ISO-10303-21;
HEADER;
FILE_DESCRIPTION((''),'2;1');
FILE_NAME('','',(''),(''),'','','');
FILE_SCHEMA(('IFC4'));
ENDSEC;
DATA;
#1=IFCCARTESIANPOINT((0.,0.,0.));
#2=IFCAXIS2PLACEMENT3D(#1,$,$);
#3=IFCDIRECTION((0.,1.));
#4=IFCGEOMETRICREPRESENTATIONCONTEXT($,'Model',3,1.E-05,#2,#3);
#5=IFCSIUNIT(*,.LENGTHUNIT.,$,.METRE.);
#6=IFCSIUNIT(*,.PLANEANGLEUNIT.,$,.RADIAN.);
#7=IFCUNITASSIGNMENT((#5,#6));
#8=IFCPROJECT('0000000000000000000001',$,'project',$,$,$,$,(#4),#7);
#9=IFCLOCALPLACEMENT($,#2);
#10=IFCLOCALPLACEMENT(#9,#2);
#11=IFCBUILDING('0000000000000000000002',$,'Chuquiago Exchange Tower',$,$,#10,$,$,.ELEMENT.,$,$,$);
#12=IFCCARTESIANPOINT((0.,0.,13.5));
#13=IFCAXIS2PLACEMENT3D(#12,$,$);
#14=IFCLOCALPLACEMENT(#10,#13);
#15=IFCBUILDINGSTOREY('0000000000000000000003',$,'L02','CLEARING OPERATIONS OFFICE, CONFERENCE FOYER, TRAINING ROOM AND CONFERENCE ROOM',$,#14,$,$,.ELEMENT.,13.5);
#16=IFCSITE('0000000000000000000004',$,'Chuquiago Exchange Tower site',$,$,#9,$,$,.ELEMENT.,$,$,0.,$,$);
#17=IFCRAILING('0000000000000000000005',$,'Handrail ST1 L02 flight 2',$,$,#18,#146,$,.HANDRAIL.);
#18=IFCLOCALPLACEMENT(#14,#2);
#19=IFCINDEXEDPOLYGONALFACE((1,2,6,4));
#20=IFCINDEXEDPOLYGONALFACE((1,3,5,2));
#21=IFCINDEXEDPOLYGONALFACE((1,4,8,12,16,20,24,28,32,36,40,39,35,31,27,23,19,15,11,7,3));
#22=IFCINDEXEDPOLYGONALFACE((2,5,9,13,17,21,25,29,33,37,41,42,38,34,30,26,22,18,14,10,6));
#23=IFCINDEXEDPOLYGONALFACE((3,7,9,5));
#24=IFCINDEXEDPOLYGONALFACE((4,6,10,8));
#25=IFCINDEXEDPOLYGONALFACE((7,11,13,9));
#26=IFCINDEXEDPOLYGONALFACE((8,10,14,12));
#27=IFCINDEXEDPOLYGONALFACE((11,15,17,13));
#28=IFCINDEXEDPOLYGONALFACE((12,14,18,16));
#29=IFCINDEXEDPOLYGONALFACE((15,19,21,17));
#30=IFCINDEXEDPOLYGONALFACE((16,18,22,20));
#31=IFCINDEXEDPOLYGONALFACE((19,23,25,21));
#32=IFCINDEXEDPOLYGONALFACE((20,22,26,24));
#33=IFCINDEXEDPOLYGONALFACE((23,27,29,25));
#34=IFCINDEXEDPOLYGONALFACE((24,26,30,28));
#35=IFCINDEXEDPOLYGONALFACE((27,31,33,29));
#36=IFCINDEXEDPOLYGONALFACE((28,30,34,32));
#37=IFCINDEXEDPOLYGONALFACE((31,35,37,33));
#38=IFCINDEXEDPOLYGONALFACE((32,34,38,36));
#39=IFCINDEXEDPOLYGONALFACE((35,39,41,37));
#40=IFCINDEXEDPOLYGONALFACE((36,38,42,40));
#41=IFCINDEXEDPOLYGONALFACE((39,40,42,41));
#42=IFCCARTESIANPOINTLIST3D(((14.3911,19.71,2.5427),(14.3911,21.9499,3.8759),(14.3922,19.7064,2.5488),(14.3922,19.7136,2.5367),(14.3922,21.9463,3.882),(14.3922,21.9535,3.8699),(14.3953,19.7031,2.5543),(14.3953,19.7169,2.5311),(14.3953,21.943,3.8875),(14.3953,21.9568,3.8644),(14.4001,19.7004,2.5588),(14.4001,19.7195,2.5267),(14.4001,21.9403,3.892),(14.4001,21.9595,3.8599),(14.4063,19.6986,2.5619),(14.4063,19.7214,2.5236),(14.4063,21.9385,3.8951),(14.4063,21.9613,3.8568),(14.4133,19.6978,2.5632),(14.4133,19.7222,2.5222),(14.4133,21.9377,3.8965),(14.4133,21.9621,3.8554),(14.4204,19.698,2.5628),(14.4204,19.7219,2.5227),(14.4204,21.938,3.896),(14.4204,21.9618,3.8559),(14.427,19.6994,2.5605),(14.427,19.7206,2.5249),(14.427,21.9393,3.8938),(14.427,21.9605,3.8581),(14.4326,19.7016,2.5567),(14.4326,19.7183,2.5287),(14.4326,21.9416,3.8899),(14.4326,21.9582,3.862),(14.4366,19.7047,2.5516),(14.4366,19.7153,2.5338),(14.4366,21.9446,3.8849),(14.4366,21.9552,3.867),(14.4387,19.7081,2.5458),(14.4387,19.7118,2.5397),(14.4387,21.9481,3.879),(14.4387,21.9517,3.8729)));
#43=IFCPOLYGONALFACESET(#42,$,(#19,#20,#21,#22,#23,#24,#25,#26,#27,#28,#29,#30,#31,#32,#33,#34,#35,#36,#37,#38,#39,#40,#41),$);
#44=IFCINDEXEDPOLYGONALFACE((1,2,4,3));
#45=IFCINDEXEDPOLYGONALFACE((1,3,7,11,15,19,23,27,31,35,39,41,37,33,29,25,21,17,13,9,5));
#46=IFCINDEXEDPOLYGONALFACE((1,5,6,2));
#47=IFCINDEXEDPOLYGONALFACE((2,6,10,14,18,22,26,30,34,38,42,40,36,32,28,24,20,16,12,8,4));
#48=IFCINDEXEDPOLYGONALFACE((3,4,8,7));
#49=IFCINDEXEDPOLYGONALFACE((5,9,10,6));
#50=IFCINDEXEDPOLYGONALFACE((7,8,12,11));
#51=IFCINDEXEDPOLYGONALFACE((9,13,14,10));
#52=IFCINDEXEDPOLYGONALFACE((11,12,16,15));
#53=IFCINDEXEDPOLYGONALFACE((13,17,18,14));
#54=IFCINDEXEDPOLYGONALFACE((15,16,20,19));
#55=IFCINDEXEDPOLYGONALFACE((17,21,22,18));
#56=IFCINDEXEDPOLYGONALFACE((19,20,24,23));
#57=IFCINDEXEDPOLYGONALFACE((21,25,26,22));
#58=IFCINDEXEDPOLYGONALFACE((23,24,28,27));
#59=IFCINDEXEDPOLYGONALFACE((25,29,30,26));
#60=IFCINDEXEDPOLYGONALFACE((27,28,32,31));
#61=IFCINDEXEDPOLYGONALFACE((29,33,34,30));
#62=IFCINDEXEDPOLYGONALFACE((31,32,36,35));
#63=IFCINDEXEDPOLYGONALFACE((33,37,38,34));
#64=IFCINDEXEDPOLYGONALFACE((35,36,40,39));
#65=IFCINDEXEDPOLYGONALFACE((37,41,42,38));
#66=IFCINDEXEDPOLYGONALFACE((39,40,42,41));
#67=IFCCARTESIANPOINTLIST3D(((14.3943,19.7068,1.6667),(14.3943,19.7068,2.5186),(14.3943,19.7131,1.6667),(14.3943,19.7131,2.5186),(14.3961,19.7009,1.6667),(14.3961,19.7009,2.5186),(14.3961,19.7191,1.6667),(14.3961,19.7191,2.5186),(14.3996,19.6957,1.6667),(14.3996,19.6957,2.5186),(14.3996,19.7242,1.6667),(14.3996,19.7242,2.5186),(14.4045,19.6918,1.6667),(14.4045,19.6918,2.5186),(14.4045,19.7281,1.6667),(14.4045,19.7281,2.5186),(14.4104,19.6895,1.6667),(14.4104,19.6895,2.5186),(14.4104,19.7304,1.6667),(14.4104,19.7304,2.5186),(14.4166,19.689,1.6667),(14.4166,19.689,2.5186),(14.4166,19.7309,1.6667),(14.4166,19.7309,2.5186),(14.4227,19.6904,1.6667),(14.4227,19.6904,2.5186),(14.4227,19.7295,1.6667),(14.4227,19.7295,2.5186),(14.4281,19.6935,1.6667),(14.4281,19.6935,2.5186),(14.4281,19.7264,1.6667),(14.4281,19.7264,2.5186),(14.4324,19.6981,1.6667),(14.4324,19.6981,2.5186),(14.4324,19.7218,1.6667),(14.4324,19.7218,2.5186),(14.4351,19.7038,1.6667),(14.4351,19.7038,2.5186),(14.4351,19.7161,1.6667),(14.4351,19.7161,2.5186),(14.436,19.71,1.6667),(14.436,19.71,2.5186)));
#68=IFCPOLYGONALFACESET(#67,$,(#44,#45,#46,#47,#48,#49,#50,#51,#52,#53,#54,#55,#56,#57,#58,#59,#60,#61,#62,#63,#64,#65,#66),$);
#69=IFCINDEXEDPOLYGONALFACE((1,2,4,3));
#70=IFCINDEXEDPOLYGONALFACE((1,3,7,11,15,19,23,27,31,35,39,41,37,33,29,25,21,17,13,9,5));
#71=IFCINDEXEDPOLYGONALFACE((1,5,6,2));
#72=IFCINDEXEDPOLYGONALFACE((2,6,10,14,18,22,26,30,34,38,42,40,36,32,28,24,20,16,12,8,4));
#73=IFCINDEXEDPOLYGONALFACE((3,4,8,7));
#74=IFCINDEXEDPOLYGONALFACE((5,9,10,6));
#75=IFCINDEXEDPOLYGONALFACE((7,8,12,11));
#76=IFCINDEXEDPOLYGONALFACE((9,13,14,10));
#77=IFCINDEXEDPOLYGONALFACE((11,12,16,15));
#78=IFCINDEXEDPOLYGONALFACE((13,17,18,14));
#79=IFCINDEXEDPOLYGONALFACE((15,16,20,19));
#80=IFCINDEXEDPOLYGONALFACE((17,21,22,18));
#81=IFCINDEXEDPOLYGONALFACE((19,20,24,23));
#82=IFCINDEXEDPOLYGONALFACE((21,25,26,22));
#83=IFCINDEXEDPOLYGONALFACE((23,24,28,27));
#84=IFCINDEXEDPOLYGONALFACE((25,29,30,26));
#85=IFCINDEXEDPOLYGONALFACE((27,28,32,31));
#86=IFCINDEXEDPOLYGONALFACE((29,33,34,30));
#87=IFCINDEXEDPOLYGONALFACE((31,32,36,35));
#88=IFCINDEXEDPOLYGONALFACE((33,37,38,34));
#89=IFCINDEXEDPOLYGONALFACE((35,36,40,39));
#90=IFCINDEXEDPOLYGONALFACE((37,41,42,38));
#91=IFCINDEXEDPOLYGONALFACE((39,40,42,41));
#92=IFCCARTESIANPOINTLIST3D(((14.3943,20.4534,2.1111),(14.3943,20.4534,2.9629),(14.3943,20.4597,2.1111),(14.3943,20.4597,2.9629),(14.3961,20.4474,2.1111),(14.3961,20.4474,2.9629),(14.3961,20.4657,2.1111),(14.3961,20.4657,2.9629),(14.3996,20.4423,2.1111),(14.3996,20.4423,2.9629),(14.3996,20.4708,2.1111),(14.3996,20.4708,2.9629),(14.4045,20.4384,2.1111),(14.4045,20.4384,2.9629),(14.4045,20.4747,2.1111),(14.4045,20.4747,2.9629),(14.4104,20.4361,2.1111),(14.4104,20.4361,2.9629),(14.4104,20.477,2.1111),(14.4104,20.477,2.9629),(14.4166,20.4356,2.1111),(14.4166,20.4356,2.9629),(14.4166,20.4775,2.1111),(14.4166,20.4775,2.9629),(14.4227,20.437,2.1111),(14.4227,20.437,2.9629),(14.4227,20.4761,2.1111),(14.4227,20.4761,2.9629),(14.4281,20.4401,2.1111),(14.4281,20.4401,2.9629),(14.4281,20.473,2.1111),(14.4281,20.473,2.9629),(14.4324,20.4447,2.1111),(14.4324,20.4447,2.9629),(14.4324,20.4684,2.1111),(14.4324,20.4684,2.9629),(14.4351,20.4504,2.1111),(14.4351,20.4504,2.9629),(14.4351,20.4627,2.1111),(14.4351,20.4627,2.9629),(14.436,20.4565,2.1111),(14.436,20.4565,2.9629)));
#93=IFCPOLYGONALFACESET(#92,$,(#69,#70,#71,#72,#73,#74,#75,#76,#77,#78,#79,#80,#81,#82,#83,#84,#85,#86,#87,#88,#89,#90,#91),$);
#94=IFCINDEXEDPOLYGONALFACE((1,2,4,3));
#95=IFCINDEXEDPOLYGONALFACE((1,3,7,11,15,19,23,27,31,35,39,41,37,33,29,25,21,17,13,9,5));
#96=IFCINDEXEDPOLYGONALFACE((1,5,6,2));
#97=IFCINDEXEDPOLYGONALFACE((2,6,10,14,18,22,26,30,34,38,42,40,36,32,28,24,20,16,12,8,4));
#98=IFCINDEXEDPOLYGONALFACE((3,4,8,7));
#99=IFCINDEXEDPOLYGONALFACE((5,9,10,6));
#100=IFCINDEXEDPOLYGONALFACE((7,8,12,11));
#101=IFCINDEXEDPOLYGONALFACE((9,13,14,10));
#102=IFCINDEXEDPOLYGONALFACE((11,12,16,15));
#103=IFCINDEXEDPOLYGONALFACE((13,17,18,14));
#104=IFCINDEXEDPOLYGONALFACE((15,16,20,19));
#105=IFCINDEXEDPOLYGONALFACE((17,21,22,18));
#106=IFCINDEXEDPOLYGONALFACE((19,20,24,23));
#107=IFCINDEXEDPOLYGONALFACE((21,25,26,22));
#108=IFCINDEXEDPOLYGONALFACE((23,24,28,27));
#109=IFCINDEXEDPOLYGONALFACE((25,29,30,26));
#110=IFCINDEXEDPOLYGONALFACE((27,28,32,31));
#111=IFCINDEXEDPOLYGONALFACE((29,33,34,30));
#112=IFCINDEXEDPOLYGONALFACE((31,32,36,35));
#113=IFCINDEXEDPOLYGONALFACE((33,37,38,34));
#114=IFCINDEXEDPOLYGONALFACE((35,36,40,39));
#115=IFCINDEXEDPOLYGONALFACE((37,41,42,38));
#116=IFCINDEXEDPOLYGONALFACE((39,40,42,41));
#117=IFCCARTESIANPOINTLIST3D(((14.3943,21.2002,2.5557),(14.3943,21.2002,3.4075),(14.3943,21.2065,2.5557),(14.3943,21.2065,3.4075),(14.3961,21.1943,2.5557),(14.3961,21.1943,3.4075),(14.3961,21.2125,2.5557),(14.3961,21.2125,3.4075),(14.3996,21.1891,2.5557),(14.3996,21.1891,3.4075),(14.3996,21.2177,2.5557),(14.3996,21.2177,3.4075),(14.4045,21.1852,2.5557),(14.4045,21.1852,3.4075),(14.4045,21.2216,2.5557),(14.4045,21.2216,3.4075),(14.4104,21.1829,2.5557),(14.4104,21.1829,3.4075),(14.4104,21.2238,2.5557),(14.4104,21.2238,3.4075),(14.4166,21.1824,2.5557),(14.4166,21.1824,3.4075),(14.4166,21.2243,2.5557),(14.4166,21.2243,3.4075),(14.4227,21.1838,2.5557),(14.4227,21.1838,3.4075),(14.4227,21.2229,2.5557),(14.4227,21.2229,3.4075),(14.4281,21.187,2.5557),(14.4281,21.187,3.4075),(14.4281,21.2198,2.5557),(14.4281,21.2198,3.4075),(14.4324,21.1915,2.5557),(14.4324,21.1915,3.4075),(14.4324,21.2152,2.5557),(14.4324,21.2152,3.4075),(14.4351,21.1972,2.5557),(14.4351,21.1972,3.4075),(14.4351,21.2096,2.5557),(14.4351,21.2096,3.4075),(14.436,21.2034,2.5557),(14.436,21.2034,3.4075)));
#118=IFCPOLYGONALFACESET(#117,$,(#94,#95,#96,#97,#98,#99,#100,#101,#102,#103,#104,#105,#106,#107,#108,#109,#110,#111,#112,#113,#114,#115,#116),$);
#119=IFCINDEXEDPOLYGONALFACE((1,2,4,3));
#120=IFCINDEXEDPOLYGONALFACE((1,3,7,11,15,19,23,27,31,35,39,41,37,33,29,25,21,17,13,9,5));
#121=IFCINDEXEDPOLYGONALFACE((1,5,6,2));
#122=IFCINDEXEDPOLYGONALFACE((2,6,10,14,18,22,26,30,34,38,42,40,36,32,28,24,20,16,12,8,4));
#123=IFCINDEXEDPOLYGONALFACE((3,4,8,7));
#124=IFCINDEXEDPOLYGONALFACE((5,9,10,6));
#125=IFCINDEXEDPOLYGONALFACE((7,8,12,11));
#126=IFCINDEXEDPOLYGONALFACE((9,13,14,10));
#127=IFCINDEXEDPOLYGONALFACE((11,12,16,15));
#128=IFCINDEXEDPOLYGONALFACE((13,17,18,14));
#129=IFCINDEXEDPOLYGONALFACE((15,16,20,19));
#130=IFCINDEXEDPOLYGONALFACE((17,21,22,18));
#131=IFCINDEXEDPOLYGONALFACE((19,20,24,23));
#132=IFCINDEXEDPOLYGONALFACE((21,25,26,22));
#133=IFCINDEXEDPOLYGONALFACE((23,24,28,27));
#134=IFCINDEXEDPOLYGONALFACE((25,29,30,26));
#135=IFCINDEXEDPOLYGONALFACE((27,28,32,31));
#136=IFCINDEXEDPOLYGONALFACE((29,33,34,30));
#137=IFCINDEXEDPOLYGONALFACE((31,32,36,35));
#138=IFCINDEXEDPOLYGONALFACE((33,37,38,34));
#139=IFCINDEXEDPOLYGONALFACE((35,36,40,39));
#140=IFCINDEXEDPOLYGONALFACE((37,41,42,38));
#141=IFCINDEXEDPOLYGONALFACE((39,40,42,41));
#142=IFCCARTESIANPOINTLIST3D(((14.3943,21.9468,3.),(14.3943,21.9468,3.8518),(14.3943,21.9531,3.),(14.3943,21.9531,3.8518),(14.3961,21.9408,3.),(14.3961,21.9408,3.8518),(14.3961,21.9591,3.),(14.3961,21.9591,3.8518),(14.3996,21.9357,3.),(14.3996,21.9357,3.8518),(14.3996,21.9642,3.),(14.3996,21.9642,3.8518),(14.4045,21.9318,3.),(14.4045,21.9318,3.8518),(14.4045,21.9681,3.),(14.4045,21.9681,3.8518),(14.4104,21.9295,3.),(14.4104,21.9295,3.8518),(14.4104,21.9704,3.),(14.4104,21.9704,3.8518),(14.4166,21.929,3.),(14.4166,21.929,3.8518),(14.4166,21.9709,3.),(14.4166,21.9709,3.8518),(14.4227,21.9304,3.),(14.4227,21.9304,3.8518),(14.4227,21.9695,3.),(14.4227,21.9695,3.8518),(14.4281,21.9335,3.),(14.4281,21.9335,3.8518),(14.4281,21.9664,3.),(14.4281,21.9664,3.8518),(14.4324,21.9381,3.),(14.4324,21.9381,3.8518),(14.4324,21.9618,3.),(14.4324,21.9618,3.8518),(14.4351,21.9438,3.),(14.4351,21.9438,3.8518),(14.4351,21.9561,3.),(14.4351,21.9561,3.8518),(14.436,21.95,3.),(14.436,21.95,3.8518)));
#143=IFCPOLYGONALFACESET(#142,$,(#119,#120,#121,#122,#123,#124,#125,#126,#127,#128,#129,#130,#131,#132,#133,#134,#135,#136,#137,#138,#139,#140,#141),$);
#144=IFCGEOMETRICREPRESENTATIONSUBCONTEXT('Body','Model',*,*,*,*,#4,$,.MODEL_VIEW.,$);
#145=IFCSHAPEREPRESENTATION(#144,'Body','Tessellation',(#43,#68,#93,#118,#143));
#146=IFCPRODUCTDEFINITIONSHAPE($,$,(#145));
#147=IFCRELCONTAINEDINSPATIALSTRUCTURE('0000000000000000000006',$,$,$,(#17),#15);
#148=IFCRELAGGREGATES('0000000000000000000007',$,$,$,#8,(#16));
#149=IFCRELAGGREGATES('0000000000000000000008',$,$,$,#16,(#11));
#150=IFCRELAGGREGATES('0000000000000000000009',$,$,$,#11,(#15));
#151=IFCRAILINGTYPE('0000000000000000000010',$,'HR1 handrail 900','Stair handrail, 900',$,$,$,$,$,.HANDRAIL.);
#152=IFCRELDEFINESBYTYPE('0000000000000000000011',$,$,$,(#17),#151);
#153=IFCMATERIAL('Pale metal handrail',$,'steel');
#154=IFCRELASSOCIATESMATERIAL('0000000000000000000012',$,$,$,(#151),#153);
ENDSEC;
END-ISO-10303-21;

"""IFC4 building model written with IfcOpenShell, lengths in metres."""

from ifc_helpers import new_model, si_unit, direction, frame, origin, origin_2d, place, context, subcontext, project, spatial, circle, extrude, material, type_object, element, save


model = new_model("IFC4")

# Units and contexts
model_context = context("Model", 3, precision=1e-05, world=origin(), true_north=direction((0.0, 1.0)))
body_context = subcontext(model_context, "Body", "Model", "MODEL_VIEW")
ifc_project = project(units=[si_unit("LENGTHUNIT", "METRE"), si_unit("PLANEANGLEUNIT", "RADIAN")], contexts=[model_context])

# Site, building, storey
site_placement = place(None, origin())
site = spatial("IfcSite", under=ifc_project, at=site_placement, Name="Chuquiago Exchange Tower site", CompositionType="ELEMENT", RefElevation=0.0)
building_placement = place(site_placement, origin())
building = spatial("IfcBuilding", under=site, at=building_placement, Name="Chuquiago Exchange Tower", CompositionType="ELEMENT")
storey_placement = place(building_placement, frame((0.0, 0.0, 13.5)))
storey = spatial("IfcBuildingStorey", under=building, at=storey_placement, Name="L02", Description="CLEARING OPERATIONS OFFICE, CONFERENCE FOYER, TRAINING ROOM AND CONFERENCE ROOM", CompositionType="ELEMENT", Elevation=13.5)

# Railing
ifc_material_1 = material(Name="Pale metal handrail", Category="steel")
railing_type_1 = type_object("IfcRailingType", Name="HR1 handrail 900", Description="Stair handrail, 900", PredefinedType="HANDRAIL", material=ifc_material_1)
for number, where, name in (
    (1, (14.415, 19.71, 1.6667), "Handrail ST1 L02 flight 2"),
):
    element("IfcRailing", number, at=place(storey_placement, frame(where)), inside=storey, type_object=railing_type_1, Name=name, PredefinedType="HANDRAIL", context=body_context, shape_type="SweptSolid", body=[
        extrude(circle(Radius=0.0239, at=origin_2d()), frame((0.0, 0.0, 0.876), z_axis=(0.0, 0.859306, 0.511462), x_axis=(-1.0, 0.0, 0.0)), (0.0, 0.0, 1.0), 2.6067),
        extrude(circle(Radius=0.021, at=origin_2d()), origin(), (0.0, 0.0, 1.0), 0.8518),
        extrude(circle(Radius=0.021, at=origin_2d()), frame((0.0, 0.7466, 0.4443)), (0.0, 0.0, 1.0), 0.8518),
        extrude(circle(Radius=0.021, at=origin_2d()), frame((0.0, 1.4934, 0.8889)), (0.0, 0.0, 1.0), 0.8518),
        extrude(circle(Radius=0.021, at=origin_2d()), frame((0.0, 2.24, 1.3333)), (0.0, 0.0, 1.0), 0.8518),
    ])

save(model, "model.ifc")
